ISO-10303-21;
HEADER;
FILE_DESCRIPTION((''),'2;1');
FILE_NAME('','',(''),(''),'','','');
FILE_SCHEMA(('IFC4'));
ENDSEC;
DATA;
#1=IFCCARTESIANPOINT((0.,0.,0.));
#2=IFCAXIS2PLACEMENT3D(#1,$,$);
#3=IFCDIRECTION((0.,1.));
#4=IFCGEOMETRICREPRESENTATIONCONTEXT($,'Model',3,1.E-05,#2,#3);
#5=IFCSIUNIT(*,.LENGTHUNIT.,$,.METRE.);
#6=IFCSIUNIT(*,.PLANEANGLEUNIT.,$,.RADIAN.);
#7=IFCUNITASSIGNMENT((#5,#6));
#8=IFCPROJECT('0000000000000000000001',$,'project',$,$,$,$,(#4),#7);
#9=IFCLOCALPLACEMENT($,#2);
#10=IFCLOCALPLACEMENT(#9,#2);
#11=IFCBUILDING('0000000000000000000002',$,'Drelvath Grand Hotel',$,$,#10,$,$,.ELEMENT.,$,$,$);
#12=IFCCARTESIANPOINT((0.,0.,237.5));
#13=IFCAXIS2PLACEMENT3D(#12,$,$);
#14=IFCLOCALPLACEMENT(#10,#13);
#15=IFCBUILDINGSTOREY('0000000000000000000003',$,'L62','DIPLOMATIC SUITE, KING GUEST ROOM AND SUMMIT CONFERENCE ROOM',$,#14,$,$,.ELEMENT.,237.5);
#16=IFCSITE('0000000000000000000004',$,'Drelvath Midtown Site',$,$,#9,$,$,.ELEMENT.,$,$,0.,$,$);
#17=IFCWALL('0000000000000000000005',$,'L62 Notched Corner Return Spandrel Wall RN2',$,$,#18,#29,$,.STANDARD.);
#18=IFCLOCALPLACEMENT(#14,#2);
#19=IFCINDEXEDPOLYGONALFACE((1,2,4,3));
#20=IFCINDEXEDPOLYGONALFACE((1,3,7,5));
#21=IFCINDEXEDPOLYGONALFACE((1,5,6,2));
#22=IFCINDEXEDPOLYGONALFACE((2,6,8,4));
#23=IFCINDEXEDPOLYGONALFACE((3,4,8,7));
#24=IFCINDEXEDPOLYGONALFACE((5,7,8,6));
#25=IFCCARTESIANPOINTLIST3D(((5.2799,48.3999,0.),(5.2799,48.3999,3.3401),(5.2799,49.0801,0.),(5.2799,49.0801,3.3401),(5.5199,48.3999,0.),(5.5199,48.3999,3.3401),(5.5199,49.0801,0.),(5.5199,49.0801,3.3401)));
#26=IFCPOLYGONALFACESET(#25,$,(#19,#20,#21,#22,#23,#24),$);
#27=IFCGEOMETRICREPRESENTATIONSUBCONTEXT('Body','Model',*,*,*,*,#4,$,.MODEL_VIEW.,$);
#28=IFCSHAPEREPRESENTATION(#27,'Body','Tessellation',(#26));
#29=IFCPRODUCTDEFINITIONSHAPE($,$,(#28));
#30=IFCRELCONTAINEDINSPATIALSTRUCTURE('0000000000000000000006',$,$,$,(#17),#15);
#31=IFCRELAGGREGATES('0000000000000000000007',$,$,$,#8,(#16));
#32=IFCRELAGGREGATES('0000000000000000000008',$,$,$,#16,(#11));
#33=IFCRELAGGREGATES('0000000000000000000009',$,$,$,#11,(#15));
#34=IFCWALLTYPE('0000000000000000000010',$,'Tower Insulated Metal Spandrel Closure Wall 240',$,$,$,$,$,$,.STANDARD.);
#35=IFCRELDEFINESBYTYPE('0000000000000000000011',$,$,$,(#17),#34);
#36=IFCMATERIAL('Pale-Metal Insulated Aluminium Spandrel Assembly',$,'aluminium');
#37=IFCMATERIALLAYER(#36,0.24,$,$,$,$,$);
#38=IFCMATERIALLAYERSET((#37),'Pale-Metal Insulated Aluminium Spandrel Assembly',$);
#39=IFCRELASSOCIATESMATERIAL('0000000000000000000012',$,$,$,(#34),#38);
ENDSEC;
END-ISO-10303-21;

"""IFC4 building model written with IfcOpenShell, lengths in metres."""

from ifc_helpers import new_model, si_unit, direction, frame, frame_2d, origin, place, context, subcontext, project, spatial, rectangle, extrude, material, layer, layer_set, type_object, element, save


model = new_model("IFC4")

# Units and contexts
model_context = context("Model", 3, precision=1e-05, world=origin(), true_north=direction((0.0, 1.0)))
body_context = subcontext(model_context, "Body", "Model", "MODEL_VIEW")
ifc_project = project(units=[si_unit("LENGTHUNIT", "METRE"), si_unit("PLANEANGLEUNIT", "RADIAN")], contexts=[model_context])

# Site, building, storey
site_placement = place(None, origin())
site = spatial("IfcSite", under=ifc_project, at=site_placement, Name="Drelvath Midtown Site", CompositionType="ELEMENT", RefElevation=0.0)
building_placement = place(site_placement, origin())
building = spatial("IfcBuilding", under=site, at=building_placement, Name="Drelvath Grand Hotel", CompositionType="ELEMENT")
storey_placement = place(building_placement, frame((0.0, 0.0, 237.5)))
storey = spatial("IfcBuildingStorey", under=building, at=storey_placement, Name="L62", Description="DIPLOMATIC SUITE, KING GUEST ROOM AND SUMMIT CONFERENCE ROOM", CompositionType="ELEMENT", Elevation=237.5)

# Wall
ifc_material_1 = material(Name="Pale-Metal Insulated Aluminium Spandrel Assembly", Category="aluminium")
ifc_layer_1 = layer(ifc_material_1, 0.24)
ifc_layer_set_1 = layer_set([ifc_layer_1], Name="Pale-Metal Insulated Aluminium Spandrel Assembly")
wall_type_1 = type_object("IfcWallType", Name="Tower Insulated Metal Spandrel Closure Wall 240", PredefinedType="STANDARD", material=ifc_layer_set_1)
wall_1_placement = place(storey_placement, frame((5.3999, 48.3999, 0.0), z_axis=(0.0, 0.0, 1.0), x_axis=(0.0, 1.0, 0.0)))
element("IfcWall", 1, at=wall_1_placement, inside=storey, type_object=wall_type_1, Name="L62 Notched Corner Return Spandrel Wall RN2", PredefinedType="STANDARD", context=body_context, shape_type="SweptSolid", body=[
    extrude(rectangle(XDim=0.6802, YDim=0.24, at=frame_2d((0.3401, 0.0))), origin(), (0.0, 0.0, 1.0), 3.3401),
])

save(model, "model.ifc")
